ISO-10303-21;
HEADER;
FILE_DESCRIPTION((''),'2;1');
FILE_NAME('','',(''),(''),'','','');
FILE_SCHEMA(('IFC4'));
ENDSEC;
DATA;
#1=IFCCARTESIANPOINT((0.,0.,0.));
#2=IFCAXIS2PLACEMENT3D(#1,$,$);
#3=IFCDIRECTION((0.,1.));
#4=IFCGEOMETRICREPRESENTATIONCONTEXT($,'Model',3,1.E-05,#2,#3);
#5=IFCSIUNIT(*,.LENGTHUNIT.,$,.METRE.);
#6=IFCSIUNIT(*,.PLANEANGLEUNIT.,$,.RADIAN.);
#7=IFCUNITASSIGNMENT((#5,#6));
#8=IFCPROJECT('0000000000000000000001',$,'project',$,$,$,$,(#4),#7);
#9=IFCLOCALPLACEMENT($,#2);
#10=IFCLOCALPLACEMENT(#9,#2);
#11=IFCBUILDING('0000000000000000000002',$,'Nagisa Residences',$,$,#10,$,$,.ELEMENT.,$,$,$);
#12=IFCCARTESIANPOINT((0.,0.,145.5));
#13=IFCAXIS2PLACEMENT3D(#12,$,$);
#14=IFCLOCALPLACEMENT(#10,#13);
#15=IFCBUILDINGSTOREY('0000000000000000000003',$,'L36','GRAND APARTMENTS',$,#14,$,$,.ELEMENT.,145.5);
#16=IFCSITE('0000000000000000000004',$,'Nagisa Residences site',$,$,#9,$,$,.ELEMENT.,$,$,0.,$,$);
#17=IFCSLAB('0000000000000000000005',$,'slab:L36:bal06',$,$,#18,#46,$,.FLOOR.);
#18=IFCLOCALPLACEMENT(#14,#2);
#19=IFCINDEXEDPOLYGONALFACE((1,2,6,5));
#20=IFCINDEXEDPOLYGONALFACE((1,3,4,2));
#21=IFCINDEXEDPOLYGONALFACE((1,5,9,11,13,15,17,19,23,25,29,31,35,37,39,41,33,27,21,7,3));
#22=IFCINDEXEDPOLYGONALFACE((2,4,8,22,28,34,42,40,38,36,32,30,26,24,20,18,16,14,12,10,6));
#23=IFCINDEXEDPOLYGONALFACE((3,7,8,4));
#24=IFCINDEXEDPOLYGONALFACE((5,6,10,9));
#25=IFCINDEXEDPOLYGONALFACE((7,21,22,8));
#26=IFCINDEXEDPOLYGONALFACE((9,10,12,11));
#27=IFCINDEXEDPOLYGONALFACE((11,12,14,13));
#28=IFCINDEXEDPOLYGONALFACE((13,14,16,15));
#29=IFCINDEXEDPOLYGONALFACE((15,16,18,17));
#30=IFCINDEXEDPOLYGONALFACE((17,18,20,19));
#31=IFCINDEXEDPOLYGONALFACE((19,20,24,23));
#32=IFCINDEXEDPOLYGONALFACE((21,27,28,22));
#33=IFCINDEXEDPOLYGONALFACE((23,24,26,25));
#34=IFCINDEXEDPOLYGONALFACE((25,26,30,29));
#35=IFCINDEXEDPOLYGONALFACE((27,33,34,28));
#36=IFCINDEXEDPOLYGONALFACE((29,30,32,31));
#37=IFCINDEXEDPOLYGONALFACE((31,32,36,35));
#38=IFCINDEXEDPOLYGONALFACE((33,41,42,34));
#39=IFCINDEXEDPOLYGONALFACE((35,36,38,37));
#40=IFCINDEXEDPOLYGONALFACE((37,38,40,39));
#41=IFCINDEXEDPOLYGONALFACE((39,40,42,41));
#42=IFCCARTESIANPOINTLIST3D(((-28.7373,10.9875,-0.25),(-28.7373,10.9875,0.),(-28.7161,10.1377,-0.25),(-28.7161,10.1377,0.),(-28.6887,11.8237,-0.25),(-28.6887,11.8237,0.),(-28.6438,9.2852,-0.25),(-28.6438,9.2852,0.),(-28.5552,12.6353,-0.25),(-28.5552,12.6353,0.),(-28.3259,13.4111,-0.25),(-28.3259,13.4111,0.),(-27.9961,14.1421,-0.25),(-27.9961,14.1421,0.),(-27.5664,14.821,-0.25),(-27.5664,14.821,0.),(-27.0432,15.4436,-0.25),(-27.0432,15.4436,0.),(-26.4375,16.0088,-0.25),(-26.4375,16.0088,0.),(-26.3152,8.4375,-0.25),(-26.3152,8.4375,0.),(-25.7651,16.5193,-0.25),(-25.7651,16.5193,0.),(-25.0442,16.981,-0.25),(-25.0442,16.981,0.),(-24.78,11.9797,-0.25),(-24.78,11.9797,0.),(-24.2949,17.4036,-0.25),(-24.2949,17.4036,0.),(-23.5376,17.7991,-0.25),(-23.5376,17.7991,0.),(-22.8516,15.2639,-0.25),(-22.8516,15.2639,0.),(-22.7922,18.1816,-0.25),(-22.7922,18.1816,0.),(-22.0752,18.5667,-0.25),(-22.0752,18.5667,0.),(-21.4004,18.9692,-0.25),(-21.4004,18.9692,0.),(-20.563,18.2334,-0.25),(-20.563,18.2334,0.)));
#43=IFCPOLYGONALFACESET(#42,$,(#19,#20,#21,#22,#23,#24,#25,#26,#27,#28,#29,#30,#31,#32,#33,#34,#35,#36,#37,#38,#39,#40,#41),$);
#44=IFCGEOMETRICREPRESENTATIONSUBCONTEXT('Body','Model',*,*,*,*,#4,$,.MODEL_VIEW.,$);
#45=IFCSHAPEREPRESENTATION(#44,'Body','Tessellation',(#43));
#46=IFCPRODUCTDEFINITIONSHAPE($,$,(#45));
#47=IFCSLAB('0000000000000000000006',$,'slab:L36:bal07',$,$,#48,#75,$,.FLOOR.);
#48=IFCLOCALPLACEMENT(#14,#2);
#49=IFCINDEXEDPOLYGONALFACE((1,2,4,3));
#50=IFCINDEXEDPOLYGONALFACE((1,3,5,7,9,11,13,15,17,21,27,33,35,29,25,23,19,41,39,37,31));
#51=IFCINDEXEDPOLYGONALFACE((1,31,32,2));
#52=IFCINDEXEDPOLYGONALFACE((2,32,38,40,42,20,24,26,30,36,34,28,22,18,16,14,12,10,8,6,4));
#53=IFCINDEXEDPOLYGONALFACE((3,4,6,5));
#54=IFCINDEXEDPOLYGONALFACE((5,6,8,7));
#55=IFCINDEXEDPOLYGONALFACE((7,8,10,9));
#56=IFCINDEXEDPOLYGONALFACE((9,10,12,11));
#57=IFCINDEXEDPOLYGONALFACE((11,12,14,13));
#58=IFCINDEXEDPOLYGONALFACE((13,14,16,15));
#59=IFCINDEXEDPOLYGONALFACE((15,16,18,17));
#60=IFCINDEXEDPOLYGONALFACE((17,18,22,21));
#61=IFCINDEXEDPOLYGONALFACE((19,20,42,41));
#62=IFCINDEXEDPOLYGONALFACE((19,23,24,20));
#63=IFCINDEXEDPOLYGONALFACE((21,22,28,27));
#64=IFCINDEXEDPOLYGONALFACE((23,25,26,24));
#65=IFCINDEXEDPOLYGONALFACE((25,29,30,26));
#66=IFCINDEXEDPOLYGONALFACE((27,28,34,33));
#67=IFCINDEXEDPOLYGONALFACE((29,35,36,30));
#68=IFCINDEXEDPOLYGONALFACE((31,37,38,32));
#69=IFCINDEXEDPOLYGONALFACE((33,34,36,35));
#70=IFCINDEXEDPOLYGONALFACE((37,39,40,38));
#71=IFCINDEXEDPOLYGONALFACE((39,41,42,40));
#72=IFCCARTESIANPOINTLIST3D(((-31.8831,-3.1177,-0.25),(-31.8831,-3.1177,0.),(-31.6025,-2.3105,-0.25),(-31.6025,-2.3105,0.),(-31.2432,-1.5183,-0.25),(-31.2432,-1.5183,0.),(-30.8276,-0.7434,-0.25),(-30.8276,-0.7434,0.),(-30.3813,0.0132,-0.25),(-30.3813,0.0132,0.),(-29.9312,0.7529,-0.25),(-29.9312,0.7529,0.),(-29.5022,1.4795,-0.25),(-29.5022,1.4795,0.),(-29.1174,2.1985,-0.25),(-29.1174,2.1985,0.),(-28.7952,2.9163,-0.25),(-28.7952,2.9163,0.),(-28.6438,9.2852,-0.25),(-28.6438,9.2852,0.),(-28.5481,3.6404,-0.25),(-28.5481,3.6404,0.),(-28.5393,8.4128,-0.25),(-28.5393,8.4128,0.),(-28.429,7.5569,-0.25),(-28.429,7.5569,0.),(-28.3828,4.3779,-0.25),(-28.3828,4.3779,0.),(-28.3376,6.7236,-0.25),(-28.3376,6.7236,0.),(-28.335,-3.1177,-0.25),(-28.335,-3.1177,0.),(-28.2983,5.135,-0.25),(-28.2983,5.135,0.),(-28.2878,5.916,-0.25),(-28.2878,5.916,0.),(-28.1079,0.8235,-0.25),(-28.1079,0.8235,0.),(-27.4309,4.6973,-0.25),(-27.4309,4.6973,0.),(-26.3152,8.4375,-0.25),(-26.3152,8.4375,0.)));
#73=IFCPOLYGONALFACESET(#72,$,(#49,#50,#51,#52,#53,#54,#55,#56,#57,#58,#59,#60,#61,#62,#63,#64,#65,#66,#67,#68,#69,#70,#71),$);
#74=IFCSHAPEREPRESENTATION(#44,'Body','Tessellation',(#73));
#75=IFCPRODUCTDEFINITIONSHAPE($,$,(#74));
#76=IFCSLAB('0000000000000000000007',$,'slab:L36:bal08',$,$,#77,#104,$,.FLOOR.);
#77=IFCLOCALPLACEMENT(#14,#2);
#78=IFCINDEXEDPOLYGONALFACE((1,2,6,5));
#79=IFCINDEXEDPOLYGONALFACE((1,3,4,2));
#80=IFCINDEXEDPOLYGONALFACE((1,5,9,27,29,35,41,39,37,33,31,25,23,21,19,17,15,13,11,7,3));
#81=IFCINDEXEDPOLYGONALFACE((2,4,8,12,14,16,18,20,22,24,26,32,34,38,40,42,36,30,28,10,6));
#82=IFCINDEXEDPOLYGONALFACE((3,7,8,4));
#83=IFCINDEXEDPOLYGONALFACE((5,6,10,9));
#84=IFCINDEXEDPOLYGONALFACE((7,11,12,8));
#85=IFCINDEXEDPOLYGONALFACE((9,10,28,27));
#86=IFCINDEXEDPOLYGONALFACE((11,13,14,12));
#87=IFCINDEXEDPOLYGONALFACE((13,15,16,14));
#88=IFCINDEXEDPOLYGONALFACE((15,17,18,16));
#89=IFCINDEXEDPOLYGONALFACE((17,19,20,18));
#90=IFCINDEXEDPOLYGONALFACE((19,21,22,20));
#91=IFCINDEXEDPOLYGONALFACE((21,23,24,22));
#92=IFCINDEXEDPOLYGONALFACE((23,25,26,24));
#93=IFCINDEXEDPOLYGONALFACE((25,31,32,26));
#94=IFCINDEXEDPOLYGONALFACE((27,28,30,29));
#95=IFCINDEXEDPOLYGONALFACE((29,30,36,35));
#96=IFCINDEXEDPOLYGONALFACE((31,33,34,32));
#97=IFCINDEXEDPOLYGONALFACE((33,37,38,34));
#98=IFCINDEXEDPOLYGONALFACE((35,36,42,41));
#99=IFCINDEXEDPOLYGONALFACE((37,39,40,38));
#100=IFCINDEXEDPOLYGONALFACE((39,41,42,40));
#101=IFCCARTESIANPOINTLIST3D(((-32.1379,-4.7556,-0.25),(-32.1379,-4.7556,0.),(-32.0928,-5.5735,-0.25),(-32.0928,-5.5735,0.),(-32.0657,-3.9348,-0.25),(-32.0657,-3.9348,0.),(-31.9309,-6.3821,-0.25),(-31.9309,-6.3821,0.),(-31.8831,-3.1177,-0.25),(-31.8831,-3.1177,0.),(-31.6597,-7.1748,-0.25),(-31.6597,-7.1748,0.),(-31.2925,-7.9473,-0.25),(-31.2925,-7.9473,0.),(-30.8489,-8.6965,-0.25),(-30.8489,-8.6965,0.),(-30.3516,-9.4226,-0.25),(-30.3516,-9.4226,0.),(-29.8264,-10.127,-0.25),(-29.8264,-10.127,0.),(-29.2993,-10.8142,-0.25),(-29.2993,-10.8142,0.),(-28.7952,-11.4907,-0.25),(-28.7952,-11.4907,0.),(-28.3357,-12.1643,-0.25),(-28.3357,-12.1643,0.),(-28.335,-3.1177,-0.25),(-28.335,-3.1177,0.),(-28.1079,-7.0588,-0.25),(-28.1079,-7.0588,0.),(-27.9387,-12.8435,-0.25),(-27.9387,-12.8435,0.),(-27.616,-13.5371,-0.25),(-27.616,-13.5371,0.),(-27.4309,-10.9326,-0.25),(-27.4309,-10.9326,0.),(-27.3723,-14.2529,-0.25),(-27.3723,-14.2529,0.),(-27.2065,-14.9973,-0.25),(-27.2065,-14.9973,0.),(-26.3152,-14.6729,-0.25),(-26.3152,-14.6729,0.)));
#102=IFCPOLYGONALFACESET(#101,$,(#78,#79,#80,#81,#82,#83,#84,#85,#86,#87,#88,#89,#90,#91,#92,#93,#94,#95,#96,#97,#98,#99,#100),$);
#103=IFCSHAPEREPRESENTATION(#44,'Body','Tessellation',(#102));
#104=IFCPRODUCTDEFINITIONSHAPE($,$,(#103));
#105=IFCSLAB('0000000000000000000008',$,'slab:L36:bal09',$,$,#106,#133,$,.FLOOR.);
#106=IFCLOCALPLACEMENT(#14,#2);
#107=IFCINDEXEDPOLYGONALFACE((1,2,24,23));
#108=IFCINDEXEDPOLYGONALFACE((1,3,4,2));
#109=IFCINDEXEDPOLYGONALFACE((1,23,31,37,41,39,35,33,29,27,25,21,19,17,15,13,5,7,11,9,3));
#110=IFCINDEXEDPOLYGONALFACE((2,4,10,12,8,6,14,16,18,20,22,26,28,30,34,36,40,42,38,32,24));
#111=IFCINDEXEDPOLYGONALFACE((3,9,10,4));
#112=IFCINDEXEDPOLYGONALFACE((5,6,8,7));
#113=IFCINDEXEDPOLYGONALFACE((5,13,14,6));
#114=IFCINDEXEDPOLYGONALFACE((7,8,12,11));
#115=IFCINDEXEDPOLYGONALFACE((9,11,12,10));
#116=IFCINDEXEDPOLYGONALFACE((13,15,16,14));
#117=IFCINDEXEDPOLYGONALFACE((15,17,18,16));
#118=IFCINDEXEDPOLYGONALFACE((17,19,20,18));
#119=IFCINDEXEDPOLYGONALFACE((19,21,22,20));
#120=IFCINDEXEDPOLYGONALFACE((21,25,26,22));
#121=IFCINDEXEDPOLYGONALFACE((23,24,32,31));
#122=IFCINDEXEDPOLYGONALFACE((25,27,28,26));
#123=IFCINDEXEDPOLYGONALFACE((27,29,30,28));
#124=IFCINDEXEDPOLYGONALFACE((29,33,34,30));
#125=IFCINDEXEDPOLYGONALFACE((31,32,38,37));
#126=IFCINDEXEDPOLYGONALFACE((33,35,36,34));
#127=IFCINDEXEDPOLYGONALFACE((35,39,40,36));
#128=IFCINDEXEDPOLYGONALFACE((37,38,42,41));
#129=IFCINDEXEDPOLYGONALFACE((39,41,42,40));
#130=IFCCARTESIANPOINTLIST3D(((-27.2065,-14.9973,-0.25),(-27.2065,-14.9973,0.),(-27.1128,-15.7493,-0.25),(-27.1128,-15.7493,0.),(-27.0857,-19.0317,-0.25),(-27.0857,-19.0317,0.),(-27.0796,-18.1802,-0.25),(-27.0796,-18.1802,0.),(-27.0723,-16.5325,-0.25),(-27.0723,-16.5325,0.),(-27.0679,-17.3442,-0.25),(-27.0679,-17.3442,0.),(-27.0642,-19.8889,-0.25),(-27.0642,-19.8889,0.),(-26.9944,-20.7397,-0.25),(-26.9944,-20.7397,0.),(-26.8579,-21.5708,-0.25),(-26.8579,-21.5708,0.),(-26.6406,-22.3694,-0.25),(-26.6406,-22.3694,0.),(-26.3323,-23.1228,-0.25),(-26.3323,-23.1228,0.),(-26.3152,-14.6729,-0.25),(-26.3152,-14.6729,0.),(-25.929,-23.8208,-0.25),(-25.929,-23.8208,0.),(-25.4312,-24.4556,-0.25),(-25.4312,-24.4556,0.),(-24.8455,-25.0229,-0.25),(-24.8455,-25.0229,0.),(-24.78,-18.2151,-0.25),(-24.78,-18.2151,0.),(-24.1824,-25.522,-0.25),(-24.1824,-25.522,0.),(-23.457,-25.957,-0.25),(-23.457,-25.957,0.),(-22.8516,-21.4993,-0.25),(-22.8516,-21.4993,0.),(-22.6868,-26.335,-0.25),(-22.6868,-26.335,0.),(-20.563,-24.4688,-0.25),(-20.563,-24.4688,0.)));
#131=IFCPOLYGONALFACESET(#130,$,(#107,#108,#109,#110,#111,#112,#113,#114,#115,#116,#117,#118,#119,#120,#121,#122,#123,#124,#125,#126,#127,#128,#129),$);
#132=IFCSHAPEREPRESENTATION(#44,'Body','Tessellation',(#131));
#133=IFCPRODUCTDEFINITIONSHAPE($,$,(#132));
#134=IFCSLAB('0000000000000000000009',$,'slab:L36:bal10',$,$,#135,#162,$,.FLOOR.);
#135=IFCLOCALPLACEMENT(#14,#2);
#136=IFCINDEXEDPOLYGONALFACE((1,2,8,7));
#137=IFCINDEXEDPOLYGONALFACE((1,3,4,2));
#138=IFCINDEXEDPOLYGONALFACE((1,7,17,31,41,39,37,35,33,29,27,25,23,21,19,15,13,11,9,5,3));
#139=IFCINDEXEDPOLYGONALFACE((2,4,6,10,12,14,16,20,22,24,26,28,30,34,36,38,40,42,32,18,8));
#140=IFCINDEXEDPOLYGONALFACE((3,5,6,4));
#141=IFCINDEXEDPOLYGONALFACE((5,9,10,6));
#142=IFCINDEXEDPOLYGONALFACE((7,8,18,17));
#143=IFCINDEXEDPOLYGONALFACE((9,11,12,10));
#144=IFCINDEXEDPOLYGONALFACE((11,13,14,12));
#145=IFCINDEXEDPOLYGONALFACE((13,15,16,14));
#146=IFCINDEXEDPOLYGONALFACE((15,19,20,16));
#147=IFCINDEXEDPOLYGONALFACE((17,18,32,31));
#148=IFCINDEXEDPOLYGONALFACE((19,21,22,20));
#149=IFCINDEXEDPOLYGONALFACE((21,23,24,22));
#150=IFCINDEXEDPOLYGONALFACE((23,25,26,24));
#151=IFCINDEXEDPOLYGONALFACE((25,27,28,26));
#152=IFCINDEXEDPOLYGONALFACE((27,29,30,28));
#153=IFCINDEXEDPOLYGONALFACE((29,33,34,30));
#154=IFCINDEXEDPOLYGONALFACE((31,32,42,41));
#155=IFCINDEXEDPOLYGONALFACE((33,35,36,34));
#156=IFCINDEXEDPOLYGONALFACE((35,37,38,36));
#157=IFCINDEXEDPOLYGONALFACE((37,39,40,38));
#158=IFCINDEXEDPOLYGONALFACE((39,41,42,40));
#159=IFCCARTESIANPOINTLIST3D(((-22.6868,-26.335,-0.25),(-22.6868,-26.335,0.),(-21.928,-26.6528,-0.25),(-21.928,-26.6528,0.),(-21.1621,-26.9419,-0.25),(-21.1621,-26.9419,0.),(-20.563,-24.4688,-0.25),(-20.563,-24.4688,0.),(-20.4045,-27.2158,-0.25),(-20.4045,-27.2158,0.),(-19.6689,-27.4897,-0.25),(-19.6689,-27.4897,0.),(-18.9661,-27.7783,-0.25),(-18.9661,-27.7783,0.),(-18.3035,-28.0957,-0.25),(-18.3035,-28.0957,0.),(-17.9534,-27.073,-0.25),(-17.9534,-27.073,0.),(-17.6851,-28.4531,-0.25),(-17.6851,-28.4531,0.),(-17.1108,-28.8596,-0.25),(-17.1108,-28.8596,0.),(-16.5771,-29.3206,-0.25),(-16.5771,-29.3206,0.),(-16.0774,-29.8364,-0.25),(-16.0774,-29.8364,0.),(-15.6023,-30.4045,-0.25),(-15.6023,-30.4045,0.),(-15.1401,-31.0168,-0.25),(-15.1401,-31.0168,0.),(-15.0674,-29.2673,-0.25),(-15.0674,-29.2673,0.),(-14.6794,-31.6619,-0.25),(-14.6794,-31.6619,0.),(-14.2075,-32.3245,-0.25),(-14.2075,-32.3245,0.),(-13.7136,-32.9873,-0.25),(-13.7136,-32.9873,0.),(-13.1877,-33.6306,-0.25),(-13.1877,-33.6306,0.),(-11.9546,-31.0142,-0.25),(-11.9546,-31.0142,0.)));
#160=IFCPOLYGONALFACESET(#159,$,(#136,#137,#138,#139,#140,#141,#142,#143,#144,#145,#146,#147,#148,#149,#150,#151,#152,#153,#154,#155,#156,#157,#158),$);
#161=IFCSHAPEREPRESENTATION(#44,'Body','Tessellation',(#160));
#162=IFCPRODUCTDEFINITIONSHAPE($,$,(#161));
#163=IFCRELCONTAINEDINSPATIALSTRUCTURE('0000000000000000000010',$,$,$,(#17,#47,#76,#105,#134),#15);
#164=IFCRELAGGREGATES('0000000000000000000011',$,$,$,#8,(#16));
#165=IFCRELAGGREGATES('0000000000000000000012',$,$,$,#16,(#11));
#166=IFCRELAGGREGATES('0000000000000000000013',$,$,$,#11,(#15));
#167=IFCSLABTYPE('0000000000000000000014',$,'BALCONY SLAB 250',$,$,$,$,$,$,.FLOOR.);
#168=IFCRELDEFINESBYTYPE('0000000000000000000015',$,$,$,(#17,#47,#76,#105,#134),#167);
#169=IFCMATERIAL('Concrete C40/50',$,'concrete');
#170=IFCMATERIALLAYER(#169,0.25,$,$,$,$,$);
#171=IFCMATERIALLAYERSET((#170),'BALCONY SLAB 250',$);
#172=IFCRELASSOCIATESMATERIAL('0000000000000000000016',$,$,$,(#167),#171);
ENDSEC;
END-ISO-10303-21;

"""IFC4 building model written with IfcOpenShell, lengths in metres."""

from ifc_helpers import new_model, si_unit, direction, frame, origin, place, context, subcontext, project, spatial, polyline, outline, extrude, material, layer, layer_set, type_object, element, save


model = new_model("IFC4")

# Units and contexts
model_context = context("Model", 3, precision=1e-05, world=origin(), true_north=direction((0.0, 1.0)))
body_context = subcontext(model_context, "Body", "Model", "MODEL_VIEW")
ifc_project = project(units=[si_unit("LENGTHUNIT", "METRE"), si_unit("PLANEANGLEUNIT", "RADIAN")], contexts=[model_context])

# Site, building, storey
site_placement = place(None, origin())
site = spatial("IfcSite", under=ifc_project, at=site_placement, Name="Nagisa Residences site", CompositionType="ELEMENT", RefElevation=0.0)
building_placement = place(site_placement, origin())
building = spatial("IfcBuilding", under=site, at=building_placement, Name="Nagisa Residences", CompositionType="ELEMENT")
storey_placement = place(building_placement, frame((0.0, 0.0, 145.5)))
storey = spatial("IfcBuildingStorey", under=building, at=storey_placement, Name="L36", Description="GRAND APARTMENTS", CompositionType="ELEMENT", Elevation=145.5)

# Slabs
ifc_material_1 = material(Name="Concrete C40/50", Category="concrete")
ifc_layer_1 = layer(ifc_material_1, 0.25)
ifc_layer_set_1 = layer_set([ifc_layer_1], Name="BALCONY SLAB 250")
slab_type = type_object("IfcSlabType", Name="BALCONY SLAB 250", PredefinedType="FLOOR", material=ifc_layer_set_1)
slab_1_placement = place(storey_placement, frame((0.0, 0.0, -0.25)))
element("IfcSlab", 1, at=slab_1_placement, inside=storey, type_object=slab_type, Name="slab:L36:bal06", PredefinedType="FLOOR", context=body_context, shape_type="SweptSolid", body=[
    extrude(outline(polyline([(-21.4004, 18.9692), (-22.0752, 18.5667), (-22.7922, 18.1816), (-23.5376, 17.7991), (-24.2949, 17.4036), (-25.0442, 16.981), (-25.7651, 16.5193), (-26.4375, 16.0088), (-27.0432, 15.4436), (-27.5664, 14.821), (-27.9961, 14.1421), (-28.3259, 13.4111), (-28.5552, 12.6353), (-28.6887, 11.8237), (-28.7373, 10.9875), (-28.7161, 10.1377), (-28.6438, 9.2852), (-26.3152, 8.4375), (-24.78, 11.9797), (-22.8516, 15.2639), (-20.563, 18.2334), (-21.4004, 18.9692)])), origin(), (0.0, 0.0, 1.0), 0.25),
])
slab_2_placement = place(storey_placement, frame((0.0, 0.0, -0.25)))
element("IfcSlab", 2, at=slab_2_placement, inside=storey, type_object=slab_type, Name="slab:L36:bal07", PredefinedType="FLOOR", context=body_context, shape_type="SweptSolid", body=[
    extrude(outline(polyline([(-28.6438, 9.2852), (-28.5393, 8.4128), (-28.429, 7.5569), (-28.3376, 6.7236), (-28.2878, 5.916), (-28.2983, 5.135), (-28.3828, 4.3779), (-28.5481, 3.6404), (-28.7952, 2.9163), (-29.1174, 2.1985), (-29.5022, 1.4795), (-29.9312, 0.7529), (-30.3813, 0.0132), (-30.8276, -0.7434), (-31.2432, -1.5183), (-31.6025, -2.3105), (-31.8831, -3.1177), (-28.335, -3.1177), (-28.1079, 0.8235), (-27.4309, 4.6973), (-26.3152, 8.4375), (-28.6438, 9.2852)])), origin(), (0.0, 0.0, 1.0), 0.25),
])
slab_3_placement = place(storey_placement, frame((0.0, 0.0, -0.25)))
element("IfcSlab", 3, at=slab_3_placement, inside=storey, type_object=slab_type, Name="slab:L36:bal08", PredefinedType="FLOOR", context=body_context, shape_type="SweptSolid", body=[
    extrude(outline(polyline([(-31.8831, -3.1177), (-32.0657, -3.9348), (-32.1379, -4.7556), (-32.0928, -5.5735), (-31.9309, -6.3821), (-31.6597, -7.1748), (-31.2925, -7.9473), (-30.8489, -8.6965), (-30.3516, -9.4226), (-29.8264, -10.127), (-29.2993, -10.8142), (-28.7952, -11.4907), (-28.3357, -12.1643), (-27.9387, -12.8435), (-27.616, -13.5371), (-27.3723, -14.2529), (-27.2065, -14.9973), (-26.3152, -14.6729), (-27.4309, -10.9326), (-28.1079, -7.0588), (-28.335, -3.1177), (-31.8831, -3.1177)])), origin(), (0.0, 0.0, 1.0), 0.25),
])
slab_4_placement = place(storey_placement, frame((0.0, 0.0, -0.25)))
element("IfcSlab", 4, at=slab_4_placement, inside=storey, type_object=slab_type, Name="slab:L36:bal09", PredefinedType="FLOOR", context=body_context, shape_type="SweptSolid", body=[
    extrude(outline(polyline([(-27.2065, -14.9973), (-27.1128, -15.7493), (-27.0723, -16.5325), (-27.0679, -17.3442), (-27.0796, -18.1802), (-27.0857, -19.0317), (-27.0642, -19.8889), (-26.9944, -20.7397), (-26.8579, -21.5708), (-26.6406, -22.3694), (-26.3323, -23.1228), (-25.929, -23.8208), (-25.4312, -24.4556), (-24.8455, -25.0229), (-24.1824, -25.522), (-23.457, -25.957), (-22.6868, -26.335), (-20.563, -24.4688), (-22.8516, -21.4993), (-24.78, -18.2151), (-26.3152, -14.6729), (-27.2065, -14.9973)])), origin(), (0.0, 0.0, 1.0), 0.25),
])
slab_5_placement = place(storey_placement, frame((0.0, 0.0, -0.25)))
element("IfcSlab", 5, at=slab_5_placement, inside=storey, type_object=slab_type, Name="slab:L36:bal10", PredefinedType="FLOOR", context=body_context, shape_type="SweptSolid", body=[
    extrude(outline(polyline([(-22.6868, -26.335), (-21.928, -26.6528), (-21.1621, -26.9419), (-20.4045, -27.2158), (-19.6689, -27.4897), (-18.9661, -27.7783), (-18.3035, -28.0957), (-17.6851, -28.4531), (-17.1108, -28.8596), (-16.5771, -29.3206), (-16.0774, -29.8364), (-15.6023, -30.4045), (-15.1401, -31.0168), (-14.6794, -31.6619), (-14.2075, -32.3245), (-13.7136, -32.9873), (-13.1877, -33.6306), (-11.9546, -31.0142), (-15.0674, -29.2673), (-17.9534, -27.073), (-20.563, -24.4688), (-22.6868, -26.335)])), origin(), (0.0, 0.0, 1.0), 0.25),
])

save(model, "model.ifc")
